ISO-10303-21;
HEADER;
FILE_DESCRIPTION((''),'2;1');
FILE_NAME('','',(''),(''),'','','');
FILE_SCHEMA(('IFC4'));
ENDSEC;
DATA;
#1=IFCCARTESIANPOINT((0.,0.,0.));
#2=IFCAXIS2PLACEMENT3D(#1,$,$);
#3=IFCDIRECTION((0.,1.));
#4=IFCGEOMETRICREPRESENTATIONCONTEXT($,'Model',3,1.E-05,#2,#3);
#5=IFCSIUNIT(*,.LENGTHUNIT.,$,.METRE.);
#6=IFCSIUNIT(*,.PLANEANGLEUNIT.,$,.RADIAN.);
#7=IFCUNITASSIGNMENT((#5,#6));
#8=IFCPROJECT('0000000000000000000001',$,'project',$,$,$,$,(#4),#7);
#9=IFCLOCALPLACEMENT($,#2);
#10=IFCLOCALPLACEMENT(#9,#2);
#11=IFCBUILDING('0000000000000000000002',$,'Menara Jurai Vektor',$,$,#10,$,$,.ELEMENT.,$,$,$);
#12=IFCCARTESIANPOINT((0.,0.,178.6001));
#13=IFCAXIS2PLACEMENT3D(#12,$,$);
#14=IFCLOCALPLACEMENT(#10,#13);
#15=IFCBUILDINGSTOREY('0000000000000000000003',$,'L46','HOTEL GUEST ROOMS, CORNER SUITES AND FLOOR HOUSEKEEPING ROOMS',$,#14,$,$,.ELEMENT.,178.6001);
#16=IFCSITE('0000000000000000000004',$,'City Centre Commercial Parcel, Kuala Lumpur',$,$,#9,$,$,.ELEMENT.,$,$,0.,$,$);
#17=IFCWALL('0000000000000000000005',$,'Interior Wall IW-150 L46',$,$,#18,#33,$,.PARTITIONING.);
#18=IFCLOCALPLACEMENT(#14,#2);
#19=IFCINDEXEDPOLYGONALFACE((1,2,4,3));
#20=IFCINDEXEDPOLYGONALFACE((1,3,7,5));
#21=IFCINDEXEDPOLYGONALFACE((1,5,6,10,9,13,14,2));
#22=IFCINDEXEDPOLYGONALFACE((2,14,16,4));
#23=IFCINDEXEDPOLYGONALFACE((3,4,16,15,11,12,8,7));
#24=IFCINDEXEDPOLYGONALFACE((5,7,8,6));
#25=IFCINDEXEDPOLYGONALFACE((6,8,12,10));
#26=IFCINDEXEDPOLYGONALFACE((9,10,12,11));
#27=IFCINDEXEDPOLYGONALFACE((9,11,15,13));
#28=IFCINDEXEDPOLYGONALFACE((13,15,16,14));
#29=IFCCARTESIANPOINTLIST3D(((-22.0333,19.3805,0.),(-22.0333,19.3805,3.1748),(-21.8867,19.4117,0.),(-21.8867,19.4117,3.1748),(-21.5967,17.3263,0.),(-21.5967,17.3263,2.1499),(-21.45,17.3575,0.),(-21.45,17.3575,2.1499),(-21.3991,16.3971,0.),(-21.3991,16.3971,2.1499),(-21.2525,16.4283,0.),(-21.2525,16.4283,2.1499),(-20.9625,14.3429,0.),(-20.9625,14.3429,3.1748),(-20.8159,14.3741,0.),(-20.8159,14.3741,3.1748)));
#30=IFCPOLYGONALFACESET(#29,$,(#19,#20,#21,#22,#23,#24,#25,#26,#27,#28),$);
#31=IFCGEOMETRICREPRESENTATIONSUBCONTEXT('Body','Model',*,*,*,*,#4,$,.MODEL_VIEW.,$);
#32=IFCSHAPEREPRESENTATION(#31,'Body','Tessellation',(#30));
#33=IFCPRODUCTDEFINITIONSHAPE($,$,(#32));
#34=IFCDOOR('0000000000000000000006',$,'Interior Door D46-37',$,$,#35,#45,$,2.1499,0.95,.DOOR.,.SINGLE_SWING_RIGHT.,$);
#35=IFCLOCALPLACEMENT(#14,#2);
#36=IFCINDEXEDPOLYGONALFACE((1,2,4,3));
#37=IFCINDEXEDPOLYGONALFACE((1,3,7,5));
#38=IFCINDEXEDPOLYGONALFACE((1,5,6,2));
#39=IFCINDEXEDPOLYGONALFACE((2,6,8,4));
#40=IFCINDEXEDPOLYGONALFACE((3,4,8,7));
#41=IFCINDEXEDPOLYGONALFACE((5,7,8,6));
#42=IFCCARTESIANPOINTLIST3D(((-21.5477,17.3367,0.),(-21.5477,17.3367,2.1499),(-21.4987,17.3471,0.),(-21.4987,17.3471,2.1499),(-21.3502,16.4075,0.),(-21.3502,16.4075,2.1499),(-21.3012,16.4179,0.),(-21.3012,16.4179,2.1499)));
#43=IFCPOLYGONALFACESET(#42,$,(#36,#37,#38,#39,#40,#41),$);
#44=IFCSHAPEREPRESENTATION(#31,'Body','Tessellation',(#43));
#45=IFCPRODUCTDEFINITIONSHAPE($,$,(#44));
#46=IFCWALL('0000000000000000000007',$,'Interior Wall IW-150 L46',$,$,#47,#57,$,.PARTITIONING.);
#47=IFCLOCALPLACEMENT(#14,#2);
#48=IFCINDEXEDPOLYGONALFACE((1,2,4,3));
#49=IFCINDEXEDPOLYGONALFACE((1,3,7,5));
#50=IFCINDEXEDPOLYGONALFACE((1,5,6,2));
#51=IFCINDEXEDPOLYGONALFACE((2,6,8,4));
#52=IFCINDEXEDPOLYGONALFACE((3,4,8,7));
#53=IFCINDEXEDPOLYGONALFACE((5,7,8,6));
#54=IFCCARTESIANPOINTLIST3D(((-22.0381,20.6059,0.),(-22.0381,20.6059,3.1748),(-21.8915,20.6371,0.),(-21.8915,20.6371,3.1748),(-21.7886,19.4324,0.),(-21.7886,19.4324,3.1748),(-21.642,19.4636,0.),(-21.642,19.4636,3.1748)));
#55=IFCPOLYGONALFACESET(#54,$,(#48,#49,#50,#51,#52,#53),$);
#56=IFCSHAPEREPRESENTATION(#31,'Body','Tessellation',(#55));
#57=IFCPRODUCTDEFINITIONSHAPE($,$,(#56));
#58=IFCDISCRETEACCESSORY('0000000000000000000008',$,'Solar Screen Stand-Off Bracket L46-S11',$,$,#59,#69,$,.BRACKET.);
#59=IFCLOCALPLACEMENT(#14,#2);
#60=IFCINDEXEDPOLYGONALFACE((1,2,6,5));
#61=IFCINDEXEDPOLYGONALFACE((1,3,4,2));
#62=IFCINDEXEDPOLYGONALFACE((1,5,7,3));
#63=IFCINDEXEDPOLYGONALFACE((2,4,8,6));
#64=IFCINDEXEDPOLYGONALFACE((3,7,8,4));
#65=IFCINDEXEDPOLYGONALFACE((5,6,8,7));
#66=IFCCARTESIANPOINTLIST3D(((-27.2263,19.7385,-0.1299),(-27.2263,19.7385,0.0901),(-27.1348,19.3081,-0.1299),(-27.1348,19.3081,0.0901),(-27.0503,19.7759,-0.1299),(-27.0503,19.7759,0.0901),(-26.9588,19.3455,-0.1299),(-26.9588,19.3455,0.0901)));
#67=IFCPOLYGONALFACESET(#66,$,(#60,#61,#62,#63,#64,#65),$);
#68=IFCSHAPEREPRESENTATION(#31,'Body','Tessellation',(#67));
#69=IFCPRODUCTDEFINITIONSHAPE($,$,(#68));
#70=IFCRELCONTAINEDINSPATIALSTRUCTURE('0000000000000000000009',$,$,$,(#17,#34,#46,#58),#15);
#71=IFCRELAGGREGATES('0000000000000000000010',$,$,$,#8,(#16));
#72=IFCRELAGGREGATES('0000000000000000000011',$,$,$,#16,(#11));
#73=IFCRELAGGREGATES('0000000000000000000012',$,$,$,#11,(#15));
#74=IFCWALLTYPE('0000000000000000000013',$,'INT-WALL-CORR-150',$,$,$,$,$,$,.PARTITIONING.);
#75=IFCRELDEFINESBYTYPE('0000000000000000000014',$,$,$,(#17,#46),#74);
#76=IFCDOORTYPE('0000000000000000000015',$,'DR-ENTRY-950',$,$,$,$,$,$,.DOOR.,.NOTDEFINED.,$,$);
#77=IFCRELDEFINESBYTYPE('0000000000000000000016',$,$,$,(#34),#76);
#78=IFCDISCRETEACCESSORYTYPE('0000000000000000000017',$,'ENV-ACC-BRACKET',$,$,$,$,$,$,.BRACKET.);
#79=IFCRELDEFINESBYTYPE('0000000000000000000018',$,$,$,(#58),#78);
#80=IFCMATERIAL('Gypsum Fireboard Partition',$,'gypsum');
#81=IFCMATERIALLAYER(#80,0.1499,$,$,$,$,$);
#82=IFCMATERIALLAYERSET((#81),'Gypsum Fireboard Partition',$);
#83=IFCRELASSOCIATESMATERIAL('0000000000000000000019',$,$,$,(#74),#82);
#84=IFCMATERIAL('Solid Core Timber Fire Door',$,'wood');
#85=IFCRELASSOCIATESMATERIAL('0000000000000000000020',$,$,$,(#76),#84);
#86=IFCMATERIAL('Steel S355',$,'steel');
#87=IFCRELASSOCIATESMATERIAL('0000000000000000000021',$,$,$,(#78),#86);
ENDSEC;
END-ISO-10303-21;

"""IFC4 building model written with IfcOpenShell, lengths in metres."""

from ifc_helpers import new_model, si_unit, direction, frame, frame_2d, origin, origin_2d, place, context, subcontext, project, spatial, rectangle, extrude, material, layer, layer_set, type_object, element, fill, save


model = new_model("IFC4")

# Units and contexts
model_context = context("Model", 3, precision=1e-05, world=origin(), true_north=direction((0.0, 1.0)))
body_context = subcontext(model_context, "Body", "Model", "MODEL_VIEW")
ifc_project = project(units=[si_unit("LENGTHUNIT", "METRE"), si_unit("PLANEANGLEUNIT", "RADIAN")], contexts=[model_context])

# Site, building, storey
site_placement = place(None, origin())
site = spatial("IfcSite", under=ifc_project, at=site_placement, Name="City Centre Commercial Parcel, Kuala Lumpur", CompositionType="ELEMENT", RefElevation=0.0)
building_placement = place(site_placement, origin())
building = spatial("IfcBuilding", under=site, at=building_placement, Name="Menara Jurai Vektor", CompositionType="ELEMENT")
storey_placement = place(building_placement, frame((0.0, 0.0, 178.6001)))
storey = spatial("IfcBuildingStorey", under=building, at=storey_placement, Name="L46", Description="HOTEL GUEST ROOMS, CORNER SUITES AND FLOOR HOUSEKEEPING ROOMS", CompositionType="ELEMENT", Elevation=178.6001)

# Shared definitions
ifc_material_1 = material(Name="Steel S355", Category="steel")

# Shared definitions
ifc_material_2 = material(Name="Gypsum Fireboard Partition", Category="gypsum")
ifc_layer_1 = layer(ifc_material_2, 0.1499)
ifc_layer_set_1 = layer_set([ifc_layer_1], Name="Gypsum Fireboard Partition")
wall_type = type_object("IfcWallType", Name="INT-WALL-CORR-150", PredefinedType="PARTITIONING", material=ifc_layer_set_1)

# Wall, opening, door
wall_1_placement = place(storey_placement, frame((-20.8892, 14.3584, 0.0), z_axis=(0.0, 0.0, 1.0), x_axis=(-0.207917, 0.978147, 0.0)))
wall_1 = element("IfcWall", 1, at=wall_1_placement, inside=storey, type_object=wall_type, Name="Interior Wall IW-150 L46", PredefinedType="PARTITIONING", context=body_context, shape_type="SweptSolid", body=[
    extrude(rectangle(XDim=5.1501, YDim=0.1499, at=frame_2d((2.5752, 0.0))), origin(), (0.0, 0.0, 1.0), 3.1748),
])
opening_placement = place(wall_1_placement, frame((2.1001, 0.0, 0.0)))
opening = element("IfcOpeningElement", 2, at=opening_placement, cuts=wall_1, PredefinedType="OPENING", context=body_context, shape_type="SweptSolid", body=[
    extrude(rectangle(XDim=0.95, YDim=2.1499, at=frame_2d((0.4751, 1.075))), frame((0.0, 0.085, 0.0), z_axis=(0.0, -1.0, 0.0), x_axis=(1.0, 0.0, 0.0)), (0.0, 0.0, 1.0), 0.1699),
])
ifc_material_3 = material(Name="Solid Core Timber Fire Door", Category="wood")
door_type = type_object("IfcDoorType", Name="DR-ENTRY-950", OperationType="NOTDEFINED", PredefinedType="DOOR", material=ifc_material_3)
door_placement = place(opening_placement, origin())
door = element("IfcDoor", 3, at=door_placement, inside=storey, type_object=door_type, Name="Interior Door D46-37", OperationType="SINGLE_SWING_RIGHT", OverallHeight=2.1499, OverallWidth=0.95, PredefinedType="DOOR", context=body_context, shape_type="SweptSolid", body=[
    extrude(rectangle(XDim=0.95, YDim=2.1499, at=frame_2d((0.4751, 1.075))), frame((0.0, 0.0249, 0.0), z_axis=(0.0, -1.0, 0.0), x_axis=(1.0, 0.0, 0.0)), (0.0, 0.0, 1.0), 0.05),
])
fill(opening, door)

# Wall
wall_2_placement = place(storey_placement, frame((-21.7153, 19.448, 0.0), z_axis=(0.0, 0.0, 1.0), x_axis=(-0.207959, 0.978138, 0.0)))
element("IfcWall", 4, at=wall_2_placement, inside=storey, type_object=wall_type, Name="Interior Wall IW-150 L46", PredefinedType="PARTITIONING", context=body_context, shape_type="SweptSolid", body=[
    extrude(rectangle(XDim=1.1997, YDim=0.1499, at=frame_2d((0.5999, 0.0))), origin(), (0.0, 0.0, 1.0), 3.1748),
])

# Discrete accessory
discrete_accessory_type = type_object("IfcDiscreteAccessoryType", Name="ENV-ACC-BRACKET", PredefinedType="BRACKET", material=ifc_material_1)
discrete_accessory_placement = place(storey_placement, frame((-27.0925, 19.542, -0.1299), z_axis=(0.0, 0.0, 1.0), x_axis=(-0.978148, -0.207912, 0.0)))
element("IfcDiscreteAccessory", 5, at=discrete_accessory_placement, inside=storey, type_object=discrete_accessory_type, Name="Solar Screen Stand-Off Bracket L46-S11", PredefinedType="BRACKET", context=body_context, shape_type="SweptSolid", body=[
    extrude(rectangle(XDim=0.1799, YDim=0.4399, at=origin_2d()), origin(), (0.0, 0.0, 1.0), 0.22),
])

save(model, "model.ifc")
